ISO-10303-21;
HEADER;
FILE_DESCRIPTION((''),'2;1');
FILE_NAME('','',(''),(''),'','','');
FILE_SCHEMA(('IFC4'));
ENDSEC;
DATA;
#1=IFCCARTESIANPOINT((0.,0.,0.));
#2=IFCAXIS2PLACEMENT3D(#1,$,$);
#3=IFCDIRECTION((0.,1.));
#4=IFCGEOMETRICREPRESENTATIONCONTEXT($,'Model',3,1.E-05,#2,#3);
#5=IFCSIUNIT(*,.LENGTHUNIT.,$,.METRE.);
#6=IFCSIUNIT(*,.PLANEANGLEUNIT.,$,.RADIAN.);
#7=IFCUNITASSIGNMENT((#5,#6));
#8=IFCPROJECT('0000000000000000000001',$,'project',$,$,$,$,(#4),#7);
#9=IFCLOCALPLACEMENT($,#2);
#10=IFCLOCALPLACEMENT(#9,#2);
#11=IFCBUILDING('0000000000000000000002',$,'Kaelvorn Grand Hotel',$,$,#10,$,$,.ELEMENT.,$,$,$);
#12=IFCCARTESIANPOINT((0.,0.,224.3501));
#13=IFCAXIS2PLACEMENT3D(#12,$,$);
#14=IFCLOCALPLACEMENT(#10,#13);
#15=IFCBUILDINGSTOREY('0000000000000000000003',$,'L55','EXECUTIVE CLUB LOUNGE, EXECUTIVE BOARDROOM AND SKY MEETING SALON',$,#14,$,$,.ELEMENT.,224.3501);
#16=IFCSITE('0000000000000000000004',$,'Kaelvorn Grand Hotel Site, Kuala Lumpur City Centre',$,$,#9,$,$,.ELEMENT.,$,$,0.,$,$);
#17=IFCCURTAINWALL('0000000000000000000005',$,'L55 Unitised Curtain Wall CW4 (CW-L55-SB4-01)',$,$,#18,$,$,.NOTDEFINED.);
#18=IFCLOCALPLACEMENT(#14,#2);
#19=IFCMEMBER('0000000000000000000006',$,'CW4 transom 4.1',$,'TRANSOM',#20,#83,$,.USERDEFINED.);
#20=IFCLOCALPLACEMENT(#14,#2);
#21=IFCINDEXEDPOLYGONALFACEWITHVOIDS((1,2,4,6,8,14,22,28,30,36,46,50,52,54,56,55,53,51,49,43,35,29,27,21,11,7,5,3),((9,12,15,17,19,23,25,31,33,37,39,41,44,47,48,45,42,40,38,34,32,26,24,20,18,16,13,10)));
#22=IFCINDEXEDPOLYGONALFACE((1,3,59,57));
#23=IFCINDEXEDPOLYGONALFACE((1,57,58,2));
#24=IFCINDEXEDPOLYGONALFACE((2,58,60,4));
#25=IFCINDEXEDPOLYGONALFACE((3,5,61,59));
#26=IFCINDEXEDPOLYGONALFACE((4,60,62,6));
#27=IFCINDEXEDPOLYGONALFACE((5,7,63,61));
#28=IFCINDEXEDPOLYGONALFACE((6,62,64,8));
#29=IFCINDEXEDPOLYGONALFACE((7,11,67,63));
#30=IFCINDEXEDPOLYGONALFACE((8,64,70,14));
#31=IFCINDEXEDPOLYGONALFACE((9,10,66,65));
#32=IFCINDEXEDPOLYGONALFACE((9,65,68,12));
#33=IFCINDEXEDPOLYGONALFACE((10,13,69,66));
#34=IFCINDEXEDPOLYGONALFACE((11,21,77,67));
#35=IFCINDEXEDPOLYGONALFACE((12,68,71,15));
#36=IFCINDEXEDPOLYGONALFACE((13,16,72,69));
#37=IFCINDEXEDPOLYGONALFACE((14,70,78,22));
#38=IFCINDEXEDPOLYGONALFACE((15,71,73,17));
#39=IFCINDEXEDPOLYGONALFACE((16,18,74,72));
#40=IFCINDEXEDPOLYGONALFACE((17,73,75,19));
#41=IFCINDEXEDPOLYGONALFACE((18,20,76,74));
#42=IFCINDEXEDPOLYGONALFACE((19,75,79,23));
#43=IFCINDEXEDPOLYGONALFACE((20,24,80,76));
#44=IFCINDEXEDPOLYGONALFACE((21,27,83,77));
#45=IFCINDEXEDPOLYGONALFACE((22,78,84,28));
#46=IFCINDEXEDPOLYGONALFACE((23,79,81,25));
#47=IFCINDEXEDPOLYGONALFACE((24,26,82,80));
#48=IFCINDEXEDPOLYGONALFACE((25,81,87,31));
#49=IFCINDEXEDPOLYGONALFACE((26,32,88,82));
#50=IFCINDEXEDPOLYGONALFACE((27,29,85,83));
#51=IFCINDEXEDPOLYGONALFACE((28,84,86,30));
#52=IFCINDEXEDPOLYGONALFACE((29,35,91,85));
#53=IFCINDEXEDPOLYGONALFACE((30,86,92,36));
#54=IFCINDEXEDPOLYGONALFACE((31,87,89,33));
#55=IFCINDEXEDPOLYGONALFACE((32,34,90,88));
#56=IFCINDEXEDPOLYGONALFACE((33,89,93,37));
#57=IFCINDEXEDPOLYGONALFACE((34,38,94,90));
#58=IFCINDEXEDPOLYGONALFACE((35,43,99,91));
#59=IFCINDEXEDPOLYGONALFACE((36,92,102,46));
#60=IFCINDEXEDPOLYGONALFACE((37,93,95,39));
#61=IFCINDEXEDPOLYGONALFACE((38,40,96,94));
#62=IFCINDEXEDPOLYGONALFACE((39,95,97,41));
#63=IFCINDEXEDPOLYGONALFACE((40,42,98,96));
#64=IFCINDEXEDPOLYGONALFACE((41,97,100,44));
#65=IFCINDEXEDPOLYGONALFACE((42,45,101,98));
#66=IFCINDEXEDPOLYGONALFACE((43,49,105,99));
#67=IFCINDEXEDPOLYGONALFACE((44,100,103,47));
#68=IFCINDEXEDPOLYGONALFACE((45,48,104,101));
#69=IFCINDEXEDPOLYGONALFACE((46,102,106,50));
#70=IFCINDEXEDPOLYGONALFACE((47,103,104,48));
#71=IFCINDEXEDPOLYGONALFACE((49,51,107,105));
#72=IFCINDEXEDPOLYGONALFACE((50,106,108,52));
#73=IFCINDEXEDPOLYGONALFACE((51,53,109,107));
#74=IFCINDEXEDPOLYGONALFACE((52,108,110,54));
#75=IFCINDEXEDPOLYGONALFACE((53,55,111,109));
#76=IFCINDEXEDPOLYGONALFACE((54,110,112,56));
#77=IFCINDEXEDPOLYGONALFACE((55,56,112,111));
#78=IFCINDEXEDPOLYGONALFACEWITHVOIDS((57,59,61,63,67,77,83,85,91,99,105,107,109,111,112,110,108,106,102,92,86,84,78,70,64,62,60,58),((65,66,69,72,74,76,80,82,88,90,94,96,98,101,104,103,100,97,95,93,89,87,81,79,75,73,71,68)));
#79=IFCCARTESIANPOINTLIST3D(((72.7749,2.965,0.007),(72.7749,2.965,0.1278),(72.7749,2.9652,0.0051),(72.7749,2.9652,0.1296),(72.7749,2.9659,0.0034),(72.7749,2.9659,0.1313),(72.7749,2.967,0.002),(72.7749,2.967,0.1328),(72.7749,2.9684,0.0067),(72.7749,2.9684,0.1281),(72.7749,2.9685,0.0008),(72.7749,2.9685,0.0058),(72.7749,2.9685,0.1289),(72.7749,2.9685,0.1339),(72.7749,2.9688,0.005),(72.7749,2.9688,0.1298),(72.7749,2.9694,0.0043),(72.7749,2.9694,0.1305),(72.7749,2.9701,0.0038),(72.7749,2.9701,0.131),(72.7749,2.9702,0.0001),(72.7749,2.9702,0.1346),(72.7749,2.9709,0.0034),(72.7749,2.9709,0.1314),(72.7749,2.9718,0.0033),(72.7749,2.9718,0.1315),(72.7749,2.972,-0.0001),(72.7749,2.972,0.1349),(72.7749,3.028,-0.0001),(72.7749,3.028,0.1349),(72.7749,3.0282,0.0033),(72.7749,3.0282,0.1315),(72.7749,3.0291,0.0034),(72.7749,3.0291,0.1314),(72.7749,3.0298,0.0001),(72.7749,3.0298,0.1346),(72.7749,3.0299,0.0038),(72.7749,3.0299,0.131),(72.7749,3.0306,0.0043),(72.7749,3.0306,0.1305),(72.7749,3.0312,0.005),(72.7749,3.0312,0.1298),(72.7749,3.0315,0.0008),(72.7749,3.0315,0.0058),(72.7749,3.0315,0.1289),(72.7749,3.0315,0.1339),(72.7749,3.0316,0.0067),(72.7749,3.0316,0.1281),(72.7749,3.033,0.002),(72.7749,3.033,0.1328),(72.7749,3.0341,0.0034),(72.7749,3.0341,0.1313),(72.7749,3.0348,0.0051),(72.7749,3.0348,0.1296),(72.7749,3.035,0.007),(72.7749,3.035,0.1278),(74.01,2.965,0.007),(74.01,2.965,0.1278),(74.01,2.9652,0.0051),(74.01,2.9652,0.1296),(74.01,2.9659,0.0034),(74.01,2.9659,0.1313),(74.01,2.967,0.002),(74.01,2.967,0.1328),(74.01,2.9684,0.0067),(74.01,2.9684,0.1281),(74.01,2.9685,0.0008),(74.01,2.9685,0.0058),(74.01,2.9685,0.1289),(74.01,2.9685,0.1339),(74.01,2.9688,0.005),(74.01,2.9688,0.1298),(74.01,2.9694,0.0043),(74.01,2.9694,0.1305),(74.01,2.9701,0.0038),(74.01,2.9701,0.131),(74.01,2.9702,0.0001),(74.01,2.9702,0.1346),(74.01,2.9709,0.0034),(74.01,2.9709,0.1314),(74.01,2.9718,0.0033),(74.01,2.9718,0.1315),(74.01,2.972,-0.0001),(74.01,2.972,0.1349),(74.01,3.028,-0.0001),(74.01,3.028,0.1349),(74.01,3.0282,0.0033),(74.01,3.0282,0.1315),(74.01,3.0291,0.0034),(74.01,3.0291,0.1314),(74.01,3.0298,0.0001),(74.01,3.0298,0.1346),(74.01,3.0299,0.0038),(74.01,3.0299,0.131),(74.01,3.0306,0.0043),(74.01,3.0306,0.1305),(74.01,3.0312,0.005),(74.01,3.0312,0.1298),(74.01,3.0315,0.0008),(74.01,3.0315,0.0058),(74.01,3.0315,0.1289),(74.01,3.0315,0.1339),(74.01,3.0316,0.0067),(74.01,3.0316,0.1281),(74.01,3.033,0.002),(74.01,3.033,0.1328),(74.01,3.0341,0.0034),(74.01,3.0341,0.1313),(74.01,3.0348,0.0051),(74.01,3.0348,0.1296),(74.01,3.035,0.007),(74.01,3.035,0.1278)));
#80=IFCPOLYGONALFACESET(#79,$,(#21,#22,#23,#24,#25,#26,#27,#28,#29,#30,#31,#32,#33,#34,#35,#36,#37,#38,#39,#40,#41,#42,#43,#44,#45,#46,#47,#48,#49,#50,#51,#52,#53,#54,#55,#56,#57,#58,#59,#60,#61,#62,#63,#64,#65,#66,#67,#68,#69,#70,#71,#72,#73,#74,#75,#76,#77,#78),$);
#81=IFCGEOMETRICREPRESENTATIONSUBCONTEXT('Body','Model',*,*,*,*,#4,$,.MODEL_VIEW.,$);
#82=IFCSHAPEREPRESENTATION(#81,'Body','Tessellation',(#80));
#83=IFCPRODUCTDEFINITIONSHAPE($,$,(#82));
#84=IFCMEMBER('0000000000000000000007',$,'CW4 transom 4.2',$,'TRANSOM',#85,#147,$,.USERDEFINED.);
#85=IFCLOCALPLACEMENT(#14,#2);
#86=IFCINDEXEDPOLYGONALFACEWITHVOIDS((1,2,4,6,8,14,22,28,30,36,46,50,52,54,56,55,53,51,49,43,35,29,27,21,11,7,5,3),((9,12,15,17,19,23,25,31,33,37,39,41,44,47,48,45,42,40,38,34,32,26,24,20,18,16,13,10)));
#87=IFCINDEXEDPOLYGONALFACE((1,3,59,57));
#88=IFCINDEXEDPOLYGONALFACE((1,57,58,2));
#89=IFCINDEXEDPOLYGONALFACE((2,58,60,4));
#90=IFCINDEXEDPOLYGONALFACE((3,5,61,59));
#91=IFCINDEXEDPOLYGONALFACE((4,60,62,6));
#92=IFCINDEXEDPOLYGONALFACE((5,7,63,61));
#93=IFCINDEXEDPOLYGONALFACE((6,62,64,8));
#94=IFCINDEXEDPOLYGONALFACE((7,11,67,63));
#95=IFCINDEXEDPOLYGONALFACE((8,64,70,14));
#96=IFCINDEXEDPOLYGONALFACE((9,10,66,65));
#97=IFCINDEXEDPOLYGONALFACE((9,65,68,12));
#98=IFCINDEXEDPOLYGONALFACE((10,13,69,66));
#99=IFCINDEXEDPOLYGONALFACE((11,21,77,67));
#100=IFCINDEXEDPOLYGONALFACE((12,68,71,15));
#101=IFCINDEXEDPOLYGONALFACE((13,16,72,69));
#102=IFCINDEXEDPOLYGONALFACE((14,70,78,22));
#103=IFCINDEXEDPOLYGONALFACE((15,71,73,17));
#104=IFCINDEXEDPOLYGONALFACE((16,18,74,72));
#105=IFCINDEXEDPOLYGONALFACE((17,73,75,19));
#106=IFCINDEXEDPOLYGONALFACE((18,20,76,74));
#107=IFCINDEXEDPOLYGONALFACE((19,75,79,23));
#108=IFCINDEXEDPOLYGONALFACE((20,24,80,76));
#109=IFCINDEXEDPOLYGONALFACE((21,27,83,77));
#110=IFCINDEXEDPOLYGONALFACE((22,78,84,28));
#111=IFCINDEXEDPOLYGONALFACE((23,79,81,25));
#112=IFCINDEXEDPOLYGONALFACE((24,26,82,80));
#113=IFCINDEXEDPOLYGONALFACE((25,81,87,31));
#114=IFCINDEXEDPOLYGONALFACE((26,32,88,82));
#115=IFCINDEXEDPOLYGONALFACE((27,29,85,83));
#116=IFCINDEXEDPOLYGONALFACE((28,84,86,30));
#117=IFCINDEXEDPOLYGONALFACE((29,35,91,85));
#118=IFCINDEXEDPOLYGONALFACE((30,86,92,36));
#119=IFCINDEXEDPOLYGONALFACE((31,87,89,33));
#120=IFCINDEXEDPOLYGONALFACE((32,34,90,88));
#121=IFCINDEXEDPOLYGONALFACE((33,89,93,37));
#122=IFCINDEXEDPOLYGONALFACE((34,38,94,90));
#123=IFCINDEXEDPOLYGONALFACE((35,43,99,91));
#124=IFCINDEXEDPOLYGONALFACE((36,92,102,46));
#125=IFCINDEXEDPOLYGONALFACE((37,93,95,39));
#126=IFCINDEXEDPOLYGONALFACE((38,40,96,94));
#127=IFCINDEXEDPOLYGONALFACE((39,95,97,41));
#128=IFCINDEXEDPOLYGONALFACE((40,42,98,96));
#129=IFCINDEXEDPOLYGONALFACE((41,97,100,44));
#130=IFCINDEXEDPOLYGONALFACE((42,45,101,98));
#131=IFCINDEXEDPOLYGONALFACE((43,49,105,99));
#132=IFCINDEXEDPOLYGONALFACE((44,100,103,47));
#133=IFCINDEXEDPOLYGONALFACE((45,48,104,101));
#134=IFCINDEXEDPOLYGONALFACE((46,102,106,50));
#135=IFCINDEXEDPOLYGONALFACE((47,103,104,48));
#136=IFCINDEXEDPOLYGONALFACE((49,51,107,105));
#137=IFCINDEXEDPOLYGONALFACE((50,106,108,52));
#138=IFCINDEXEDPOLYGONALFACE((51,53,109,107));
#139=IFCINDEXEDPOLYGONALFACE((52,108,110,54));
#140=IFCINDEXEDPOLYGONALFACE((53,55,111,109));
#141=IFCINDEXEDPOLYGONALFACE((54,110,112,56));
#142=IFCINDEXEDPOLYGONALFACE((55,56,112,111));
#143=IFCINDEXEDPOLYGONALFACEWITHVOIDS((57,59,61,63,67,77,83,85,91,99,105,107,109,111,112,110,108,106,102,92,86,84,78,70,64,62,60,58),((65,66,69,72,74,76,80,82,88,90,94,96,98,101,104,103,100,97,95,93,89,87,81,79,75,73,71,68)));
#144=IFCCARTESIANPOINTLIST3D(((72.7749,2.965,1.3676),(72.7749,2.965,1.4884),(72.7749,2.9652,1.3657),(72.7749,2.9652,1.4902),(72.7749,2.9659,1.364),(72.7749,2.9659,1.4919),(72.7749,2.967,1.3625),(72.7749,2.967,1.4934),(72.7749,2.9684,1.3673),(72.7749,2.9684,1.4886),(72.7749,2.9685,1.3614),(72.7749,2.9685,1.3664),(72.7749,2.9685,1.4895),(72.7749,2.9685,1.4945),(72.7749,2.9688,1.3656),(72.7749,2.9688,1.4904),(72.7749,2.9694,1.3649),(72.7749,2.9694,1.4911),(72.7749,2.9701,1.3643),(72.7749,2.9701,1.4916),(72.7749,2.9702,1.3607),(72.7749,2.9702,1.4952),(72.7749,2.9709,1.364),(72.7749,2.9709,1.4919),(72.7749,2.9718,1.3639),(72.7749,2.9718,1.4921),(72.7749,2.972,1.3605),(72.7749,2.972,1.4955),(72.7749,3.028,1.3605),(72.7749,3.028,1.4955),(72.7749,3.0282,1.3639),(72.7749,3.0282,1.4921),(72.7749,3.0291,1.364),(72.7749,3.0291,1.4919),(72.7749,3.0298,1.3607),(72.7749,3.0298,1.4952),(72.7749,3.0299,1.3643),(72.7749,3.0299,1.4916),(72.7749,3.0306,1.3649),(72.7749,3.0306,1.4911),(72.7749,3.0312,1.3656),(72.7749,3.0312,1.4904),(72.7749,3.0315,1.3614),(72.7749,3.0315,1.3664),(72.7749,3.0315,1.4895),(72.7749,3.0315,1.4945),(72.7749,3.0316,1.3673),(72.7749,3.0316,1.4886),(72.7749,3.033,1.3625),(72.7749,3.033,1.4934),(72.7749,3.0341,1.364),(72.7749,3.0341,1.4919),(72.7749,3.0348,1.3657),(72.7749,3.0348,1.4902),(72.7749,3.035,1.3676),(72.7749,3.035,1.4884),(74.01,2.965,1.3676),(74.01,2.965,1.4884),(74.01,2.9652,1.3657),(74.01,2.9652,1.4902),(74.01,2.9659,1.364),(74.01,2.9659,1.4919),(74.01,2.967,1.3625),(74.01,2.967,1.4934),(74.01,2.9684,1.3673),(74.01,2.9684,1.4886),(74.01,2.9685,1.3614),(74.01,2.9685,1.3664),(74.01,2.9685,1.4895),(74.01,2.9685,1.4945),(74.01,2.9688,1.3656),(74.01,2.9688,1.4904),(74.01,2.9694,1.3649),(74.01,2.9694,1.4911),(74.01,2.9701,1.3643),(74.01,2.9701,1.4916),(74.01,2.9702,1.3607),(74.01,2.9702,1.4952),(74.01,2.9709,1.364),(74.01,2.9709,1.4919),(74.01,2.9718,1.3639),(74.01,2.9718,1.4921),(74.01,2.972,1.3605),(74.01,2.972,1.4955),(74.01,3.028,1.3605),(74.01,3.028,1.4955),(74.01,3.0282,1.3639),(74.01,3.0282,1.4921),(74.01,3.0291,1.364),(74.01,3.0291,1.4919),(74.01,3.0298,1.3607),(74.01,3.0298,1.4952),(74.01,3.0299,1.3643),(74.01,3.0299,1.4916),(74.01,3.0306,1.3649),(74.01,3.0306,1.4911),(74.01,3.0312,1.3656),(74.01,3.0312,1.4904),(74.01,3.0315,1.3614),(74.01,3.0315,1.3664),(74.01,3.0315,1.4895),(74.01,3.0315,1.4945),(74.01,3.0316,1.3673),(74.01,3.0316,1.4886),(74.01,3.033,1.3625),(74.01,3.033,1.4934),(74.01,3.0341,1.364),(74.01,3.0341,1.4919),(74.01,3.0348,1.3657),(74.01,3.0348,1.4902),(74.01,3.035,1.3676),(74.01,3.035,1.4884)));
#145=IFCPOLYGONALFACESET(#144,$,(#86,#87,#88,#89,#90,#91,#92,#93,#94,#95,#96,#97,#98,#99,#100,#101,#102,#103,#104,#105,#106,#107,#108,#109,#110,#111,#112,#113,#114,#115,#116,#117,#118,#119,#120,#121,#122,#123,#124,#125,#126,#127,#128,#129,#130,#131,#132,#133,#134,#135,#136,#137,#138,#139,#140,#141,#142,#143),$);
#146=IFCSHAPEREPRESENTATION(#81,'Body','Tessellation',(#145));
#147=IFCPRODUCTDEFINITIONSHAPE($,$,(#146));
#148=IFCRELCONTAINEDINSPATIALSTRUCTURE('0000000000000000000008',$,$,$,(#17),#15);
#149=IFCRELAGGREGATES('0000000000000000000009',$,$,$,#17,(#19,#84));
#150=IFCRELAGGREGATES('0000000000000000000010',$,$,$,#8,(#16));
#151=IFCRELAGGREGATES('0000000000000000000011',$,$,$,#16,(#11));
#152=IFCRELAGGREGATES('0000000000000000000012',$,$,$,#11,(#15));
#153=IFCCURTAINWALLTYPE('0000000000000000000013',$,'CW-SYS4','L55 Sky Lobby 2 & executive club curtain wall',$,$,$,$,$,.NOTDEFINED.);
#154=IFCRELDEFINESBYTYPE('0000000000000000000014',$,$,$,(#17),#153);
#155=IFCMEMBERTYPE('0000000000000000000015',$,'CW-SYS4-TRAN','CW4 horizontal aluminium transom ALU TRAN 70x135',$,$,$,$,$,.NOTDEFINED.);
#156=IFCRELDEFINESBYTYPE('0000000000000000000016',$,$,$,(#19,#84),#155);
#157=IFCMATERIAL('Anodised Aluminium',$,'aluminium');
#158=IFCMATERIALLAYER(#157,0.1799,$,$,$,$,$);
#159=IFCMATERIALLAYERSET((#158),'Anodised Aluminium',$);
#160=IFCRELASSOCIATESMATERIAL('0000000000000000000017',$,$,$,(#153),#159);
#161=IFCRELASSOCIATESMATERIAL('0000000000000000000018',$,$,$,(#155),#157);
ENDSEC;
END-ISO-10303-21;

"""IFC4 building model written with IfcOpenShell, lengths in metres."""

from ifc_helpers import new_model, si_unit, direction, frame, origin, origin_2d, place, context, subcontext, project, spatial, hollow_rectangle, extrude, material, layer, layer_set, material_profile, profile_set, type_object, element, aggregate, save


model = new_model("IFC4")

# Units and contexts
model_context = context("Model", 3, precision=1e-05, world=origin(), true_north=direction((0.0, 1.0)))
body_context = subcontext(model_context, "Body", "Model", "MODEL_VIEW")
ifc_project = project(units=[si_unit("LENGTHUNIT", "METRE"), si_unit("PLANEANGLEUNIT", "RADIAN")], contexts=[model_context])

# Site, building, storey
site_placement = place(None, origin())
site = spatial("IfcSite", under=ifc_project, at=site_placement, Name="Kaelvorn Grand Hotel Site, Kuala Lumpur City Centre", CompositionType="ELEMENT", RefElevation=0.0)
building_placement = place(site_placement, origin())
building = spatial("IfcBuilding", under=site, at=building_placement, Name="Kaelvorn Grand Hotel", CompositionType="ELEMENT")
storey_placement = place(building_placement, frame((0.0, 0.0, 224.3501)))
storey = spatial("IfcBuildingStorey", under=building, at=storey_placement, Name="L55", Description="EXECUTIVE CLUB LOUNGE, EXECUTIVE BOARDROOM AND SKY MEETING SALON", CompositionType="ELEMENT", Elevation=224.3501)

# Curtain wall
ifc_material_1 = material(Name="Anodised Aluminium", Category="aluminium")
ifc_layer_1 = layer(ifc_material_1, 0.1799)
ifc_layer_set_1 = layer_set([ifc_layer_1], Name="Anodised Aluminium")
curtain_wall_type = type_object("IfcCurtainWallType", Name="CW-SYS4", Description="L55 Sky Lobby 2 & executive club curtain wall", PredefinedType="NOTDEFINED", material=ifc_layer_set_1)
curtain_wall_1_placement = place(storey_placement, origin())
curtain_wall_1 = element("IfcCurtainWall", 1, at=curtain_wall_1_placement, inside=storey, type_object=curtain_wall_type, Name="L55 Unitised Curtain Wall CW4 (CW-L55-SB4-01)", PredefinedType="NOTDEFINED")

# Members
ifc_material_profile_1 = material_profile(ifc_material_1, hollow_rectangle(XDim=0.0701, YDim=0.135, WallThickness=0.0034, InnerFilletRadius=0.0034, OuterFilletRadius=0.0071, at=origin_2d()), Name="ALU TRAN 70x135")
ifc_profile_set_1 = profile_set([ifc_material_profile_1], Name="Anodised Aluminium")
member_type_1 = type_object("IfcMemberType", Name="CW-SYS4-TRAN", Description="CW4 horizontal aluminium transom ALU TRAN 70x135", PredefinedType="NOTDEFINED", material=ifc_profile_set_1)
member_1_placement = place(storey_placement, frame((72.7749, 3.0, 0.0674), z_axis=(1.0, 0.0, 0.0), x_axis=(0.0, 1.0, 0.0)))
member_1 = element("IfcMember", 2, at=member_1_placement, type_object=member_type_1, Name="CW4 transom 4.1", ObjectType="TRANSOM", PredefinedType="USERDEFINED", context=body_context, shape_type="SweptSolid", body=[
    extrude(hollow_rectangle(XDim=0.0701, YDim=0.135, WallThickness=0.0034, InnerFilletRadius=0.0034, OuterFilletRadius=0.0071, at=origin_2d()), origin(), (0.0, 0.0, 1.0), 1.2351),
])
member_2_placement = place(storey_placement, frame((72.7749, 3.0, 1.428), z_axis=(1.0, 0.0, 0.0), x_axis=(0.0, 1.0, 0.0)))
member_2 = element("IfcMember", 3, at=member_2_placement, type_object=member_type_1, Name="CW4 transom 4.2", ObjectType="TRANSOM", PredefinedType="USERDEFINED", context=body_context, shape_type="SweptSolid", body=[
    extrude(hollow_rectangle(XDim=0.0701, YDim=0.135, WallThickness=0.0034, InnerFilletRadius=0.0034, OuterFilletRadius=0.0071, at=origin_2d()), origin(), (0.0, 0.0, 1.0), 1.2351),
])

aggregate(curtain_wall_1, [member_1, member_2])

save(model, "model.ifc")
